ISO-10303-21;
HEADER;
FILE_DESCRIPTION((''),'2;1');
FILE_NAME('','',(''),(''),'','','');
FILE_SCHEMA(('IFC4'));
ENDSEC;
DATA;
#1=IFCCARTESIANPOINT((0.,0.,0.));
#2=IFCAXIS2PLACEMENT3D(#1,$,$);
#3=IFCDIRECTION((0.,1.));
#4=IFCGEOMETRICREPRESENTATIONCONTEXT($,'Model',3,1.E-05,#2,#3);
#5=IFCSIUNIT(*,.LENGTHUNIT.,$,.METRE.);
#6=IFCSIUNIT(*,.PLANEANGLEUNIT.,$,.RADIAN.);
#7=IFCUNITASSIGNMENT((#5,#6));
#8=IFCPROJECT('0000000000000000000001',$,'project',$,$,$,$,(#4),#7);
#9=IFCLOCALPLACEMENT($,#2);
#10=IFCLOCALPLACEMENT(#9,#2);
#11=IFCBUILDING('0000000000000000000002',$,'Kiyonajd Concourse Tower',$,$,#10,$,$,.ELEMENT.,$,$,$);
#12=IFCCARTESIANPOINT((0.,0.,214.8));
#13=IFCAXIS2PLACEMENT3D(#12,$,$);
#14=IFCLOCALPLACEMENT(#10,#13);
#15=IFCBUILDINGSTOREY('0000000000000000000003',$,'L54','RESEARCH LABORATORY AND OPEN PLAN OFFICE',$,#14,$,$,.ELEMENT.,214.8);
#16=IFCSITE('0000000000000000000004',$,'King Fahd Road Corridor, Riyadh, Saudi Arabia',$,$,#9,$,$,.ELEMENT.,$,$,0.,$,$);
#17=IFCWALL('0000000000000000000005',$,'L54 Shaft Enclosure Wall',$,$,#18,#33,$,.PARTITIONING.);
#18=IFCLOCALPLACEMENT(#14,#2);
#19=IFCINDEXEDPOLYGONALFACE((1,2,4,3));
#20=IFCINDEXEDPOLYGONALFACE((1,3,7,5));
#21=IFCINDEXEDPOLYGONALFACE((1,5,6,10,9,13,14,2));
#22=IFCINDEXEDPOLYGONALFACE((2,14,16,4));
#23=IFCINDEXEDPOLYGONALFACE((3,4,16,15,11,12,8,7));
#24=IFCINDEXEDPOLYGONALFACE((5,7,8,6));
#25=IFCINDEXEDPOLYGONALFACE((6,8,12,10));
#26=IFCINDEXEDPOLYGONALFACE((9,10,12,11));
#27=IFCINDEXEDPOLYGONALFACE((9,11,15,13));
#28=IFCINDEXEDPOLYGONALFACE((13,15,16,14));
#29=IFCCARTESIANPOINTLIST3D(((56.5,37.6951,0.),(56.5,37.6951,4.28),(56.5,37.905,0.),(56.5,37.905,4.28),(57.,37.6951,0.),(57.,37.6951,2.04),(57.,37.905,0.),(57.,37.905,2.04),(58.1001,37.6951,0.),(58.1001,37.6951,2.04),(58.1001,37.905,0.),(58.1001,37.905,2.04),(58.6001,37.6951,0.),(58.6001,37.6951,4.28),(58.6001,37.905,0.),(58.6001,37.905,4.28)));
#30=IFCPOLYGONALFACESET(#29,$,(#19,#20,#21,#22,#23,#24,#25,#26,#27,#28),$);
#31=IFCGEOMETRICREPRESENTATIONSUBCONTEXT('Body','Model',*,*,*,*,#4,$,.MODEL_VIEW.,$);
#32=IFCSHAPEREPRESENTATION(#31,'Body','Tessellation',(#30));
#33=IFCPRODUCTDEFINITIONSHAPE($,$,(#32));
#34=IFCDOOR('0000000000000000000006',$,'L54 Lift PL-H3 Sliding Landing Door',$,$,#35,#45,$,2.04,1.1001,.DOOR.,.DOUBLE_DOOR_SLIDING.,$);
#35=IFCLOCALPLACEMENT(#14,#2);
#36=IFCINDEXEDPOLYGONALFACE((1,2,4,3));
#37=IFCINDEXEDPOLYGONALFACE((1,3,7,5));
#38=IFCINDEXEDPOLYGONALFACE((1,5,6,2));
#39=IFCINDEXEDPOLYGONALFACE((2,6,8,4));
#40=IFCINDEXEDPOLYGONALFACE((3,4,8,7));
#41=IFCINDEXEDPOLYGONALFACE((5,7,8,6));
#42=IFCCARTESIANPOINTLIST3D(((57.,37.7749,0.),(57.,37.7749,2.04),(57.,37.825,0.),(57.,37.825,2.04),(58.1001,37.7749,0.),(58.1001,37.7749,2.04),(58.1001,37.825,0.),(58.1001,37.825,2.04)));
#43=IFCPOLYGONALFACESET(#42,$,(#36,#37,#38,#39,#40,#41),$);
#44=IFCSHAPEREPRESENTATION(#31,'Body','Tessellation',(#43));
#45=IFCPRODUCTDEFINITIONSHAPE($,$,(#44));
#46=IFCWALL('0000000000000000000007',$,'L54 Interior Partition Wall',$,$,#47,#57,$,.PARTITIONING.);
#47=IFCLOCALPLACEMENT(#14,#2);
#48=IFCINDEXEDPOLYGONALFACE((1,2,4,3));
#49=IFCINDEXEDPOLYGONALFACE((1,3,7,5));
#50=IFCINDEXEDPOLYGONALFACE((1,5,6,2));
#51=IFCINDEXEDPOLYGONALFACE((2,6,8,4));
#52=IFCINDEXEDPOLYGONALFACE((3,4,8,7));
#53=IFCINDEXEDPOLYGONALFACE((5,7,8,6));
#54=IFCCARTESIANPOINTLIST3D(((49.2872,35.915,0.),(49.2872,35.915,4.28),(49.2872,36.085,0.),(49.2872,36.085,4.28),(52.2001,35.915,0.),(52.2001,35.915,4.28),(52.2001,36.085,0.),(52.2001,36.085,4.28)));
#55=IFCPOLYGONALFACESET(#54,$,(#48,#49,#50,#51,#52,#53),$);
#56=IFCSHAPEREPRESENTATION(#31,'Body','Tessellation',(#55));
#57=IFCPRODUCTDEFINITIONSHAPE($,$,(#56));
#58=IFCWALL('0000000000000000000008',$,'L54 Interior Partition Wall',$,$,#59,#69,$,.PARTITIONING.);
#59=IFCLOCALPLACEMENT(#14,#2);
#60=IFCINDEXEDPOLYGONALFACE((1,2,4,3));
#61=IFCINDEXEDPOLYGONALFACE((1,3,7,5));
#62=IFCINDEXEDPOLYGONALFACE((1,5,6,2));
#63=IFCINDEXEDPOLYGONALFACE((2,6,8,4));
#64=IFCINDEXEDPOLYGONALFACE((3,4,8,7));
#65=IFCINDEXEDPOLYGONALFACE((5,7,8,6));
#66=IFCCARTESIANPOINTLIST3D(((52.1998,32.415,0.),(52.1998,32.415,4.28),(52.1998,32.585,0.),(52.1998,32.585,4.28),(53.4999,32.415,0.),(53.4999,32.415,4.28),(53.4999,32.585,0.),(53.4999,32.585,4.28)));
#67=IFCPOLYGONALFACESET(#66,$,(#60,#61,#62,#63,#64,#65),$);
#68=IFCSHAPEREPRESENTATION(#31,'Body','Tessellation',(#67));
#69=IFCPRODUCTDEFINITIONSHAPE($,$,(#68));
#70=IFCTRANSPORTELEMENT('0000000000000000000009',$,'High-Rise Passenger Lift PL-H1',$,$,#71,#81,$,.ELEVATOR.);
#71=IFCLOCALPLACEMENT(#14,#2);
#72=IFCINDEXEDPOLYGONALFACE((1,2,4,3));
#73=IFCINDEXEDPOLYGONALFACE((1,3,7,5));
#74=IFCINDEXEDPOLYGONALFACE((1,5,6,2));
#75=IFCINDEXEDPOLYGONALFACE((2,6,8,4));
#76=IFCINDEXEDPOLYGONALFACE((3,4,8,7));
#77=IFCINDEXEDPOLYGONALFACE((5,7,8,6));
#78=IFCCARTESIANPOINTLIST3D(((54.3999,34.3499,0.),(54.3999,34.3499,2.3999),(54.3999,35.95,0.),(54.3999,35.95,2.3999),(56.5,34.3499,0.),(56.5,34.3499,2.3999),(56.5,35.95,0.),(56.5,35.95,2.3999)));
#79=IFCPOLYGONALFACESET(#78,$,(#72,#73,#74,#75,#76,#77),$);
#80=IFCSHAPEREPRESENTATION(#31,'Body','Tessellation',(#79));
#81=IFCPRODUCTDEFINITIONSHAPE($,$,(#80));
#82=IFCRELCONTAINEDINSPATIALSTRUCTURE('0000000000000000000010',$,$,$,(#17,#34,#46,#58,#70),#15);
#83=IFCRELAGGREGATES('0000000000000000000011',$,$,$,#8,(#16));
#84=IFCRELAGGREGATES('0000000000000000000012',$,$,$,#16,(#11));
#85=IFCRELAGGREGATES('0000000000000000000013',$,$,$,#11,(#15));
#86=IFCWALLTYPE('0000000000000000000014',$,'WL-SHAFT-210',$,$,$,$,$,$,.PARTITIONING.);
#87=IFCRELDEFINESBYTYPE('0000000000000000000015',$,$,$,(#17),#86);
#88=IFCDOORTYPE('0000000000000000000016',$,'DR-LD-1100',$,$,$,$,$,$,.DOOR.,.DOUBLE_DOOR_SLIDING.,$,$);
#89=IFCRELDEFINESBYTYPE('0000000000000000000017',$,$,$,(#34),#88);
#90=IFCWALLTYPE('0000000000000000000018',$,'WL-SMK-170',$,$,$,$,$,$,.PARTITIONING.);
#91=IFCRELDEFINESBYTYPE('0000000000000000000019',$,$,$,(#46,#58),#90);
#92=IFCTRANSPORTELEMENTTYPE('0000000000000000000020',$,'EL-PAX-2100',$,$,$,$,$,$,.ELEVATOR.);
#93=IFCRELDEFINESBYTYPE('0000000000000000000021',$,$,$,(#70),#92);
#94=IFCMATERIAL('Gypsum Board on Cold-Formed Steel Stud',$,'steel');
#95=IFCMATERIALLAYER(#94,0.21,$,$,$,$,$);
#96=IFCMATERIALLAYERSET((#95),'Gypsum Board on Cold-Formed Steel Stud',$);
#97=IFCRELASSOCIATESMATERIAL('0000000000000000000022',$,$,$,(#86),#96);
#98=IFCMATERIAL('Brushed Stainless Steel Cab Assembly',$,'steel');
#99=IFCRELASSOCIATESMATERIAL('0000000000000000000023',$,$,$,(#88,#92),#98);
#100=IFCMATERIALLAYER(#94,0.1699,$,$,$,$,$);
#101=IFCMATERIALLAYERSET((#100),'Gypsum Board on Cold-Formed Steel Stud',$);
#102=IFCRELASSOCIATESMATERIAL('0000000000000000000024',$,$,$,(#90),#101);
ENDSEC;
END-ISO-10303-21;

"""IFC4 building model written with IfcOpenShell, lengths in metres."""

from ifc_helpers import new_model, si_unit, direction, frame, frame_2d, origin, origin_2d, place, context, subcontext, project, spatial, rectangle, extrude, material, layer, layer_set, type_object, element, fill, save


model = new_model("IFC4")

# Units and contexts
model_context = context("Model", 3, precision=1e-05, world=origin(), true_north=direction((0.0, 1.0)))
body_context = subcontext(model_context, "Body", "Model", "MODEL_VIEW")
ifc_project = project(units=[si_unit("LENGTHUNIT", "METRE"), si_unit("PLANEANGLEUNIT", "RADIAN")], contexts=[model_context])

# Site, building, storey
site_placement = place(None, origin())
site = spatial("IfcSite", under=ifc_project, at=site_placement, Name="King Fahd Road Corridor, Riyadh, Saudi Arabia", CompositionType="ELEMENT", RefElevation=0.0)
building_placement = place(site_placement, origin())
building = spatial("IfcBuilding", under=site, at=building_placement, Name="Kiyonajd Concourse Tower", CompositionType="ELEMENT")
storey_placement = place(building_placement, frame((0.0, 0.0, 214.8)))
storey = spatial("IfcBuildingStorey", under=building, at=storey_placement, Name="L54", Description="RESEARCH LABORATORY AND OPEN PLAN OFFICE", CompositionType="ELEMENT", Elevation=214.8)

# Shared definitions
ifc_material_1 = material(Name="Gypsum Board on Cold-Formed Steel Stud", Category="steel")
ifc_layer_1 = layer(ifc_material_1, 0.21)
ifc_layer_set_1 = layer_set([ifc_layer_1], Name="Gypsum Board on Cold-Formed Steel Stud")
wall_type_1 = type_object("IfcWallType", Name="WL-SHAFT-210", PredefinedType="PARTITIONING", material=ifc_layer_set_1)
ifc_material_2 = material(Name="Brushed Stainless Steel Cab Assembly", Category="steel")

# Wall, opening, door
door_type_1 = type_object("IfcDoorType", Name="DR-LD-1100", OperationType="DOUBLE_DOOR_SLIDING", PredefinedType="DOOR", material=ifc_material_2)
wall_1_placement = place(storey_placement, frame((56.5, 37.8, 0.0), z_axis=(0.0, 0.0, 1.0), x_axis=(1.0, 0.0, 0.0)))
wall_1 = element("IfcWall", 1, at=wall_1_placement, inside=storey, type_object=wall_type_1, Name="L54 Shaft Enclosure Wall", PredefinedType="PARTITIONING", context=body_context, shape_type="SweptSolid", body=[
    extrude(rectangle(XDim=2.1001, YDim=0.21, at=frame_2d((1.05, 0.0))), origin(), (0.0, 0.0, 1.0), 4.28),
])
opening_1_placement = place(wall_1_placement, frame((0.5, 0.0, 0.0)))
opening_1 = element("IfcOpeningElement", 2, at=opening_1_placement, cuts=wall_1, PredefinedType="OPENING", context=body_context, shape_type="SweptSolid", body=[
    extrude(rectangle(XDim=1.1001, YDim=2.04, at=frame_2d((0.55, 1.02))), frame((0.0, 0.115, 0.0), z_axis=(0.0, -1.0, 0.0), x_axis=(1.0, 0.0, 0.0)), (0.0, 0.0, 1.0), 0.23),
])
door_1_placement = place(opening_1_placement, origin())
door_1 = element("IfcDoor", 3, at=door_1_placement, inside=storey, type_object=door_type_1, Name="L54 Lift PL-H3 Sliding Landing Door", OperationType="DOUBLE_DOOR_SLIDING", OverallHeight=2.04, OverallWidth=1.1001, PredefinedType="DOOR", context=body_context, shape_type="SweptSolid", body=[
    extrude(rectangle(XDim=1.1001, YDim=2.04, at=frame_2d((0.55, 1.02))), frame((0.0, 0.0249, 0.0), z_axis=(0.0, -1.0, 0.0), x_axis=(1.0, 0.0, 0.0)), (0.0, 0.0, 1.0), 0.05),
])
fill(opening_1, door_1)

# Walls
ifc_layer_2 = layer(ifc_material_1, 0.1699)
ifc_layer_set_2 = layer_set([ifc_layer_2], Name="Gypsum Board on Cold-Formed Steel Stud")
wall_type_2 = type_object("IfcWallType", Name="WL-SMK-170", PredefinedType="PARTITIONING", material=ifc_layer_set_2)
wall_2_placement = place(storey_placement, frame((49.2871, 36.0, 0.0), z_axis=(0.0, 0.0, 1.0), x_axis=(1.0, 0.0, 0.0)))
element("IfcWall", 4, at=wall_2_placement, inside=storey, type_object=wall_type_2, Name="L54 Interior Partition Wall", PredefinedType="PARTITIONING", context=body_context, shape_type="SweptSolid", body=[
    extrude(rectangle(XDim=2.9128, YDim=0.1699, at=frame_2d((1.4565, 0.0))), origin(), (0.0, 0.0, 1.0), 4.28),
])
wall_3_placement = place(storey_placement, frame((52.2, 32.5, 0.0), z_axis=(0.0, 0.0, 1.0), x_axis=(1.0, 0.0, 0.0)))
element("IfcWall", 5, at=wall_3_placement, inside=storey, type_object=wall_type_2, Name="L54 Interior Partition Wall", PredefinedType="PARTITIONING", context=body_context, shape_type="SweptSolid", body=[
    extrude(rectangle(XDim=1.3, YDim=0.1699, at=frame_2d((0.6499, 0.0))), origin(), (0.0, 0.0, 1.0), 4.28),
])

# Transport element
transport_element_type = type_object("IfcTransportElementType", Name="EL-PAX-2100", PredefinedType="ELEVATOR", material=ifc_material_2)
transport_element_placement = place(storey_placement, frame((55.45, 35.1499, 0.0), z_axis=(0.0, 0.0, 1.0), x_axis=(1.0, 0.0, 0.0)))
element("IfcTransportElement", 6, at=transport_element_placement, inside=storey, type_object=transport_element_type, Name="High-Rise Passenger Lift PL-H1", PredefinedType="ELEVATOR", context=body_context, shape_type="SweptSolid", body=[
    extrude(rectangle(XDim=2.1001, YDim=1.6001, at=origin_2d()), origin(), (0.0, 0.0, 1.0), 2.3999),
])

save(model, "model.ifc")
